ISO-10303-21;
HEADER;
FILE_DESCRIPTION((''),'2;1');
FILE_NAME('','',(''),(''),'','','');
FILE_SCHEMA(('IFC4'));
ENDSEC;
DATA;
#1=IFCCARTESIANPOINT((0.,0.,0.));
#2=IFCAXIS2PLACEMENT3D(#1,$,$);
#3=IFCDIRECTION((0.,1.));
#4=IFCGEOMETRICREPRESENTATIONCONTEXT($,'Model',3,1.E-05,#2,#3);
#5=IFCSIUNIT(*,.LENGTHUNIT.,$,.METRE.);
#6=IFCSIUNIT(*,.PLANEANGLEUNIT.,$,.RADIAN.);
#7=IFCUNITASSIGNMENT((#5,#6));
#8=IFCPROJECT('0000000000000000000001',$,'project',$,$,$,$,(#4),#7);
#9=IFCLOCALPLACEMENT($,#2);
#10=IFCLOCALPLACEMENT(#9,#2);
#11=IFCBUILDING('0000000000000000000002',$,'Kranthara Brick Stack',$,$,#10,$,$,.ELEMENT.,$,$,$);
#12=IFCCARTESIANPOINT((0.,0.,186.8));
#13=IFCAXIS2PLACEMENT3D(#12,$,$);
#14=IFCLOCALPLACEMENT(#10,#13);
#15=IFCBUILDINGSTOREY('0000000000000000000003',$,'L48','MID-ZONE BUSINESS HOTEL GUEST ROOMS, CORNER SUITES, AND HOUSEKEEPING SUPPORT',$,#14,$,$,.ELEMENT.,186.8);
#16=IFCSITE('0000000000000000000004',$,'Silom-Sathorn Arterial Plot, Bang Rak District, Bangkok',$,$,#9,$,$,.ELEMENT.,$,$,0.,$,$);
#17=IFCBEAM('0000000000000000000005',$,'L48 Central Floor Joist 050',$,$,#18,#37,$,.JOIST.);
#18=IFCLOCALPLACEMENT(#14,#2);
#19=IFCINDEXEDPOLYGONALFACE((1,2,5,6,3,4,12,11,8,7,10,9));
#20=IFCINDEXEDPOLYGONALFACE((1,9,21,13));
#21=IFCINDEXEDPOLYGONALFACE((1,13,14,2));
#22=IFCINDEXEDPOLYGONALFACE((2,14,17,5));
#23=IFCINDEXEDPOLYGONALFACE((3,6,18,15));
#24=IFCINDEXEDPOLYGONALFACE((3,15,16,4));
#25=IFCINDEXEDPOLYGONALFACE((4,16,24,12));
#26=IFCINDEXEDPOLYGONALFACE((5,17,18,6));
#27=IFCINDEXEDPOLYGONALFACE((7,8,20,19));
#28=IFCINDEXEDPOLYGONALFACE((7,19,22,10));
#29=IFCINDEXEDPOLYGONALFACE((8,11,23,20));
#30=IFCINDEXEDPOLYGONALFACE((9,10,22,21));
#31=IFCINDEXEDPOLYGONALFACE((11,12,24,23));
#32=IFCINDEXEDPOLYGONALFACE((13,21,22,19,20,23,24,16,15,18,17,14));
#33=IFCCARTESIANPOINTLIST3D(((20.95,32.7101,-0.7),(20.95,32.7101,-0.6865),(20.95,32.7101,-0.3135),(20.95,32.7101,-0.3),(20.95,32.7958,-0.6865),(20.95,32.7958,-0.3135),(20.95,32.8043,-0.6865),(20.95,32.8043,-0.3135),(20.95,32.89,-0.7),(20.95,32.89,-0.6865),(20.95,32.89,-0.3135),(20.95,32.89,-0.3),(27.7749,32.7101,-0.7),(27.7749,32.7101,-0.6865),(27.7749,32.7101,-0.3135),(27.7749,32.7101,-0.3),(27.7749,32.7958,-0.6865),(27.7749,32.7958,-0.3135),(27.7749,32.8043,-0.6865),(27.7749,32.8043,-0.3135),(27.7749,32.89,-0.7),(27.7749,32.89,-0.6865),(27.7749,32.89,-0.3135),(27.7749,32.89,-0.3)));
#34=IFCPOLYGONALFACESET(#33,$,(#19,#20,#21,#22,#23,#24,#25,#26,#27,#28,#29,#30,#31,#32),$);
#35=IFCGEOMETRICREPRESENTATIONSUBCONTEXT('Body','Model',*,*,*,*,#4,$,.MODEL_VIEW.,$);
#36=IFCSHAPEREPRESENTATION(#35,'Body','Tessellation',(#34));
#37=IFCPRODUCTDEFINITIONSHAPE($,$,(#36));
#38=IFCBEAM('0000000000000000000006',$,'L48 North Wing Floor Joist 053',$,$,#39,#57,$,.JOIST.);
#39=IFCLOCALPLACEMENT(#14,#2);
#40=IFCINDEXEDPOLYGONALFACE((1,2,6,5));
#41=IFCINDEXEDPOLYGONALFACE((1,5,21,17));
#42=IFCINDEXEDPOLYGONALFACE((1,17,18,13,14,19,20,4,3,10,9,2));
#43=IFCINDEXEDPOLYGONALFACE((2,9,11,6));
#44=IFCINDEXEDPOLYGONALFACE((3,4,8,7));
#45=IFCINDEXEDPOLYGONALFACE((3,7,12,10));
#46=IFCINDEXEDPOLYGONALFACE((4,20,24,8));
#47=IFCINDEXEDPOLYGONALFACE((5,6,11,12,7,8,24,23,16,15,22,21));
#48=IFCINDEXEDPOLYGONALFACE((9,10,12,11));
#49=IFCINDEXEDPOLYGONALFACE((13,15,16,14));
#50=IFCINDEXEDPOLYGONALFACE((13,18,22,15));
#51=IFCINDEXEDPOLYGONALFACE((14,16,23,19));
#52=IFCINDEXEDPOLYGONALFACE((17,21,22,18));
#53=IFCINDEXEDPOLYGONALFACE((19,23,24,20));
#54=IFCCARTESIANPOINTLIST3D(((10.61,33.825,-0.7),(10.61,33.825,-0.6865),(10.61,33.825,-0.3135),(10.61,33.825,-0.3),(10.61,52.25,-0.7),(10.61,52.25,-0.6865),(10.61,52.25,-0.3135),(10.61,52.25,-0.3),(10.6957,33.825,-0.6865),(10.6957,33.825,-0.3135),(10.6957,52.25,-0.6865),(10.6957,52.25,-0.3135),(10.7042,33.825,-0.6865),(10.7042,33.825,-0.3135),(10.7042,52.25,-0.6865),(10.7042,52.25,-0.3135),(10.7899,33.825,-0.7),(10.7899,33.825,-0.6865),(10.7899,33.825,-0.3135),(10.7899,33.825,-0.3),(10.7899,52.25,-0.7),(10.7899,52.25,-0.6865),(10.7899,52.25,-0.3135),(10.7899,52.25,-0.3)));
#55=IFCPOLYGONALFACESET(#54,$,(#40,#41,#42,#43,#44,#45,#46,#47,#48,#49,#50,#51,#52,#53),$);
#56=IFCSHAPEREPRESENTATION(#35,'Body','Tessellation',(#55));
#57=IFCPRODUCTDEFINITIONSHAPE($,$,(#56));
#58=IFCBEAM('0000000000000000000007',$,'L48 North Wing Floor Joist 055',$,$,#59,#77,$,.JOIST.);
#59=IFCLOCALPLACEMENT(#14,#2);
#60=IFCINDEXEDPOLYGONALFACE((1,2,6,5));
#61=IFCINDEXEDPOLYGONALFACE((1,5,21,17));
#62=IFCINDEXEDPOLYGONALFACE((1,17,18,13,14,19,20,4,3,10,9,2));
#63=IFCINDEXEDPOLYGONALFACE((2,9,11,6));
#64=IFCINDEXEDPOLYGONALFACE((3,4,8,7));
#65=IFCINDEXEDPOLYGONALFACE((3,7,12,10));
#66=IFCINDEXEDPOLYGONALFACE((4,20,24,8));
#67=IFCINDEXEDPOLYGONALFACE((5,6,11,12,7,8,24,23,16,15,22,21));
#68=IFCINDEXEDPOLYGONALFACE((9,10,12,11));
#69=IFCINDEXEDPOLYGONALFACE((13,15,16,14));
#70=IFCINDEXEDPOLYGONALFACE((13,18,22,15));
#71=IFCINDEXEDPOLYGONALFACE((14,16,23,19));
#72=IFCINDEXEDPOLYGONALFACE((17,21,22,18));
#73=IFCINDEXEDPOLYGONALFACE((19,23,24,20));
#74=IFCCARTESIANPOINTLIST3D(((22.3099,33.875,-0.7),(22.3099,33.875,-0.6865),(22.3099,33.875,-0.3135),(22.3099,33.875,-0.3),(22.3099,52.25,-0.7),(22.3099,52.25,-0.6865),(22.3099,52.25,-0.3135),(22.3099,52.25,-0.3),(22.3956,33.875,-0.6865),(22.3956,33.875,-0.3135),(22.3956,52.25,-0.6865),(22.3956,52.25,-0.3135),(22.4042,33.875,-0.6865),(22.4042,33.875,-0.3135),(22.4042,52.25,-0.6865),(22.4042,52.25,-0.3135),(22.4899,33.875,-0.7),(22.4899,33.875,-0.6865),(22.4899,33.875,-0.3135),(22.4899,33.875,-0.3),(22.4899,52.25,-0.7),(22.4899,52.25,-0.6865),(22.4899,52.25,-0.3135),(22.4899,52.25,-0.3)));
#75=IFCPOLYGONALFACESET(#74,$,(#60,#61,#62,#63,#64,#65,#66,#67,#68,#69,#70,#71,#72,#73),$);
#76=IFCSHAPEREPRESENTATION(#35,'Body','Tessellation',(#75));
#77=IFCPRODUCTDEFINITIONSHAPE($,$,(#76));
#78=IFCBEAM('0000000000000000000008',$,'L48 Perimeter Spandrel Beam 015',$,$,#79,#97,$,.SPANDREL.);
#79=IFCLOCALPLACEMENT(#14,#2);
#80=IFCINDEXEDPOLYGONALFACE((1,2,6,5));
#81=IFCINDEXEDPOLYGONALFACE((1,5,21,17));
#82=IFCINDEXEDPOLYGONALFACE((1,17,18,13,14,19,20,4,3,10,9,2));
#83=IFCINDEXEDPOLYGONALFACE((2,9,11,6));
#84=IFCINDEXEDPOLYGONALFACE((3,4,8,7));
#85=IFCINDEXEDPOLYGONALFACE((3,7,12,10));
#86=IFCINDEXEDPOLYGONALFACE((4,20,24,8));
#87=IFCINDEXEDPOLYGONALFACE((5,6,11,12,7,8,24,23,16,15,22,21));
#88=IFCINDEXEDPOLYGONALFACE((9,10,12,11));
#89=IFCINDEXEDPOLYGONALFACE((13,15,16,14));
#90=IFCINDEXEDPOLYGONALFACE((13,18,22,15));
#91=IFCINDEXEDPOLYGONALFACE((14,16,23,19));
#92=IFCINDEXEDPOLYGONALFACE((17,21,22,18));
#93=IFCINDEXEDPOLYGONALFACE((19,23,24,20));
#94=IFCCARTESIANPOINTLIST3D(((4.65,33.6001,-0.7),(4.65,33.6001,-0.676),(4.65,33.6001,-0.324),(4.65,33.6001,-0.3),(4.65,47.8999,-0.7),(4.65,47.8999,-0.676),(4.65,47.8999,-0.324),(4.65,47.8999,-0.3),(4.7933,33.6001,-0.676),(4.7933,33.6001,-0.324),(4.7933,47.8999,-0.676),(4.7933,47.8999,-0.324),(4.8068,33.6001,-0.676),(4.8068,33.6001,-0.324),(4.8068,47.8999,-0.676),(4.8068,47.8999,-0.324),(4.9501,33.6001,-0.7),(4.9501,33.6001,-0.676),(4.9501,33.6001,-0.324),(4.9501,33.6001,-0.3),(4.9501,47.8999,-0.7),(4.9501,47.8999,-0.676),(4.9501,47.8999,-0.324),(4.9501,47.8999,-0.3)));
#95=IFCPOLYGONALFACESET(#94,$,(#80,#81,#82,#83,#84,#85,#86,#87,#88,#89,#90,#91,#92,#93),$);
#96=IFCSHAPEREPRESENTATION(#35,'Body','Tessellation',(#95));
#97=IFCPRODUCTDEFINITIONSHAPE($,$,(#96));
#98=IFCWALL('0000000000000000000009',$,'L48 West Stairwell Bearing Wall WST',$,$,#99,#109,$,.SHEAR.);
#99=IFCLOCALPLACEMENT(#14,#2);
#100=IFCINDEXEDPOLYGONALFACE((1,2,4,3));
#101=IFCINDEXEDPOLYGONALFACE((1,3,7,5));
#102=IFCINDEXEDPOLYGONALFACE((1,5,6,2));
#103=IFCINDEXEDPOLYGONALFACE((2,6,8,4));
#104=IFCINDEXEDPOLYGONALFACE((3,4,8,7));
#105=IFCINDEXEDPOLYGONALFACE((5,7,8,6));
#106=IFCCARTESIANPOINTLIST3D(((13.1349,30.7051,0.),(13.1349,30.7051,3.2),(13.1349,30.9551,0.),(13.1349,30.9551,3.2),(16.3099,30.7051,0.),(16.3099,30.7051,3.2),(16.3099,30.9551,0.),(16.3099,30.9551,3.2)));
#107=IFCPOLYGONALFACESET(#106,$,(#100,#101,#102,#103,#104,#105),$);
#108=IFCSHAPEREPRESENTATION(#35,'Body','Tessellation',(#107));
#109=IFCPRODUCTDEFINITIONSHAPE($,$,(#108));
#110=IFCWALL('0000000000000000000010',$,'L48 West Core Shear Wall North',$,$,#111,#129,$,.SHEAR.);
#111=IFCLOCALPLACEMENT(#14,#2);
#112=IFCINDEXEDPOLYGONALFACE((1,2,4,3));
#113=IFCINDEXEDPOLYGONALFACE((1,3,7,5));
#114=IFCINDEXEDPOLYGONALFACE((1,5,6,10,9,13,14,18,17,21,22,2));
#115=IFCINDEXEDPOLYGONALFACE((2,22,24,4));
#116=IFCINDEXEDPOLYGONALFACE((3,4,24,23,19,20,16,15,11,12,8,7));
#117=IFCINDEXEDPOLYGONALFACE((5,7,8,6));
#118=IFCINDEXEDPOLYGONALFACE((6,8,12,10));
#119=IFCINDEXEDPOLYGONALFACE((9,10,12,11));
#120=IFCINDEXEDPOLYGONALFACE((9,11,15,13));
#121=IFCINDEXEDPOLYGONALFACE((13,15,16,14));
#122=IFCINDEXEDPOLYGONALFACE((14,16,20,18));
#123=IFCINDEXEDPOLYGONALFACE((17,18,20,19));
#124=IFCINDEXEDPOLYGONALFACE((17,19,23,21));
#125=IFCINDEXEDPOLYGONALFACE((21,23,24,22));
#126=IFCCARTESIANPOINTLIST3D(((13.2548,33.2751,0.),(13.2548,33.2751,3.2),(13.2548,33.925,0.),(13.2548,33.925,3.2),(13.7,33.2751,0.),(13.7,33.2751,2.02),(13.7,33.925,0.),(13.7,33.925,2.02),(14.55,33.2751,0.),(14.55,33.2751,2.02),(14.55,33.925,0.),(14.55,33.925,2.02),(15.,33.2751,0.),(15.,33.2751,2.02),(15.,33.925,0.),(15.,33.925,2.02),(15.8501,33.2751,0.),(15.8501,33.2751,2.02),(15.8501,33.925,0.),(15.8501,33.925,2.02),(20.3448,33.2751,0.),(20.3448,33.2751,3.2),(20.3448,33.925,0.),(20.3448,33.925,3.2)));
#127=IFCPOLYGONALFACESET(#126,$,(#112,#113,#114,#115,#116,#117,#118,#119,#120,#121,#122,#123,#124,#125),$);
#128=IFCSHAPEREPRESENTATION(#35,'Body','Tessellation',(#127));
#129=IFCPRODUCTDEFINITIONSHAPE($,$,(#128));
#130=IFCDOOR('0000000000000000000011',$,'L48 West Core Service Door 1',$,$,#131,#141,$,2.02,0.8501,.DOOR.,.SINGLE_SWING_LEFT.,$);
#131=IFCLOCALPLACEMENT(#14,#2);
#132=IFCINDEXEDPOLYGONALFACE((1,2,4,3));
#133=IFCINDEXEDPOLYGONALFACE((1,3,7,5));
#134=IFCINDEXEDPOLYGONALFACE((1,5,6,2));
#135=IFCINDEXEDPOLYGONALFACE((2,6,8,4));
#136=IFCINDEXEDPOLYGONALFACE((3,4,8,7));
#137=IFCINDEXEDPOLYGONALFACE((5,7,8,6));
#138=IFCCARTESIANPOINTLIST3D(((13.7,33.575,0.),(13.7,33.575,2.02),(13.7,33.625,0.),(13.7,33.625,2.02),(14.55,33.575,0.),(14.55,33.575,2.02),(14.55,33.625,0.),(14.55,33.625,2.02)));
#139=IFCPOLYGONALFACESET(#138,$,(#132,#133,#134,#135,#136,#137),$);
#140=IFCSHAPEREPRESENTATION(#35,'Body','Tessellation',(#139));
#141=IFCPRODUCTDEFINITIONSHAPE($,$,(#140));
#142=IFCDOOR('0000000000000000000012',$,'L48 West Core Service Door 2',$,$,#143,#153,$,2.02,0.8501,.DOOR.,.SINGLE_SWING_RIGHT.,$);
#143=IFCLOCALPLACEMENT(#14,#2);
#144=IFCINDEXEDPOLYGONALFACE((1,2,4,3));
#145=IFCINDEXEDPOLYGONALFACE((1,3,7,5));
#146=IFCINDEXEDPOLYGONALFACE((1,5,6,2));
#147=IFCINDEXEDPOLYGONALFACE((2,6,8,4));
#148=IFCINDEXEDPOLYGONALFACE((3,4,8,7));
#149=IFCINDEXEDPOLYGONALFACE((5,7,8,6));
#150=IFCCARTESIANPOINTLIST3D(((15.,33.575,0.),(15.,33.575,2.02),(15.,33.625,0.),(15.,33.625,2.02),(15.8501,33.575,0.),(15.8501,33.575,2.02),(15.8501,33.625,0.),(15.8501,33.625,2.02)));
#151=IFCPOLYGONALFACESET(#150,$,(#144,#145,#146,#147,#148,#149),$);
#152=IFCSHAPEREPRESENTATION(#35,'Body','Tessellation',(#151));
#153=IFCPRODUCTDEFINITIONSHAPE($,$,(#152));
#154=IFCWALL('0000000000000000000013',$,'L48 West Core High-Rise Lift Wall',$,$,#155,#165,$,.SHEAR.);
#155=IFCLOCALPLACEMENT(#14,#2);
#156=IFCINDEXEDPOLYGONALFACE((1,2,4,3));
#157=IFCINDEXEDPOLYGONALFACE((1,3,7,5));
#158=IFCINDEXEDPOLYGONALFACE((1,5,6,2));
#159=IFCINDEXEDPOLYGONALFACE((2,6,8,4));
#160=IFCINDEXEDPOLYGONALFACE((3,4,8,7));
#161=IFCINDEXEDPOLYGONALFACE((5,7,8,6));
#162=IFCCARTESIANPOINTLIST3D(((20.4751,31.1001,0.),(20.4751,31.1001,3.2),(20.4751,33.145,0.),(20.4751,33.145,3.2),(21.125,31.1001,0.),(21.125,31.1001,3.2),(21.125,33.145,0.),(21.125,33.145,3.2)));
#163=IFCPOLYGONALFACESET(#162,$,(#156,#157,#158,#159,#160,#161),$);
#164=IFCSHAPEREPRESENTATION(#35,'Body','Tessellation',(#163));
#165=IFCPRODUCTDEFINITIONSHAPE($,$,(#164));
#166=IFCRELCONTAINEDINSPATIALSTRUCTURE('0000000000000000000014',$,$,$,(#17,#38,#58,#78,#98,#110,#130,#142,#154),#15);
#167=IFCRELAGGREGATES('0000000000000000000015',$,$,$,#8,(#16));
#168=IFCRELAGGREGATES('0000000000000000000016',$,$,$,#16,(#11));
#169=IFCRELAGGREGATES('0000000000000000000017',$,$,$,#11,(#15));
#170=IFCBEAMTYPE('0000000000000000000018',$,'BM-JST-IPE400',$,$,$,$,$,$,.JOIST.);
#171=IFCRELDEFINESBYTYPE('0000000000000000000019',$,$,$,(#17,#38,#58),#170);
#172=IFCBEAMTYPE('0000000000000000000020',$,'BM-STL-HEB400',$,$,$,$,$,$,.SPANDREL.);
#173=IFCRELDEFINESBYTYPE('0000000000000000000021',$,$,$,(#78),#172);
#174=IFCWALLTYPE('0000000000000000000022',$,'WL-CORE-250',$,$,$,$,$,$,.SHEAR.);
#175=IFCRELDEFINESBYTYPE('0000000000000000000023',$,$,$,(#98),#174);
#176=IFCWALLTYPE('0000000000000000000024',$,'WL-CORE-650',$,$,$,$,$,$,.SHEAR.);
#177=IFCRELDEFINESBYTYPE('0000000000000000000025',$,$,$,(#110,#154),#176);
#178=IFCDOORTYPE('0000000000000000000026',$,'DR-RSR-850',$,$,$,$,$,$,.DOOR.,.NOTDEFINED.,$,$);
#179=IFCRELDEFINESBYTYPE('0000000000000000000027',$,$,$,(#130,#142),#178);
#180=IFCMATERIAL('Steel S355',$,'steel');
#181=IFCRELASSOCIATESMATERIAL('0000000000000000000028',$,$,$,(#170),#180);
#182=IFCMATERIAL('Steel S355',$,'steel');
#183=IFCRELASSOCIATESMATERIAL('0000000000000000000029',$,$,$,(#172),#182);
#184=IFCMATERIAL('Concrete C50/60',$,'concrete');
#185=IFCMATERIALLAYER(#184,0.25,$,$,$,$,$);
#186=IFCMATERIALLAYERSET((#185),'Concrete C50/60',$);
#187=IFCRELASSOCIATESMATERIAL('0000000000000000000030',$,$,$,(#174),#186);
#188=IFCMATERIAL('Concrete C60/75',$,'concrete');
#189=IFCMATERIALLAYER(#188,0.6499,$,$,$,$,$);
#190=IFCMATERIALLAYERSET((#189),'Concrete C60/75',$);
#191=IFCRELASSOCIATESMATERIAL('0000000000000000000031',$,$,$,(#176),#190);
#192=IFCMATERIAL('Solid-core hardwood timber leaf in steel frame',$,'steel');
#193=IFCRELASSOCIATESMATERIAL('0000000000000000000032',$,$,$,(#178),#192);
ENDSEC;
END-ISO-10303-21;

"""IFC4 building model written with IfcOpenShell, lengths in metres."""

from ifc_helpers import new_model, si_unit, direction, frame, frame_2d, origin, origin_2d, place, context, subcontext, project, spatial, rectangle, i_section, extrude, material, layer, layer_set, material_profile, profile_set, type_object, element, fill, save


model = new_model("IFC4")

# Units and contexts
model_context = context("Model", 3, precision=1e-05, world=origin(), true_north=direction((0.0, 1.0)))
body_context = subcontext(model_context, "Body", "Model", "MODEL_VIEW")
ifc_project = project(units=[si_unit("LENGTHUNIT", "METRE"), si_unit("PLANEANGLEUNIT", "RADIAN")], contexts=[model_context])

# Site, building, storey
site_placement = place(None, origin())
site = spatial("IfcSite", under=ifc_project, at=site_placement, Name="Silom-Sathorn Arterial Plot, Bang Rak District, Bangkok", CompositionType="ELEMENT", RefElevation=0.0)
building_placement = place(site_placement, origin())
building = spatial("IfcBuilding", under=site, at=building_placement, Name="Kranthara Brick Stack", CompositionType="ELEMENT")
storey_placement = place(building_placement, frame((0.0, 0.0, 186.8)))
storey = spatial("IfcBuildingStorey", under=building, at=storey_placement, Name="L48", Description="MID-ZONE BUSINESS HOTEL GUEST ROOMS, CORNER SUITES, AND HOUSEKEEPING SUPPORT", CompositionType="ELEMENT", Elevation=186.8)

# Beams
ifc_material_1 = material(Name="Steel S355", Category="steel")
ifc_material_profile_1 = material_profile(ifc_material_1, i_section(OverallWidth=0.1799, OverallDepth=0.3999, WebThickness=0.0085, FlangeThickness=0.0134, at=origin_2d()), Name="IPE 400")
ifc_profile_set_1 = profile_set([ifc_material_profile_1], Name="Steel S355")
beam_type_1 = type_object("IfcBeamType", Name="BM-JST-IPE400", PredefinedType="JOIST", material=ifc_profile_set_1)
for number, where, z_axis, x_axis, name in (
    (1, (20.95, 32.8, -0.5), (1.0, 0.0, 0.0), (0.0, 1.0, 0.0), "L48 Central Floor Joist 050"),
):
    element("IfcBeam", number, at=place(storey_placement, frame(where, z_axis=z_axis, x_axis=x_axis)), inside=storey, type_object=beam_type_1, Name=name, PredefinedType="JOIST", context=body_context, shape_type="SweptSolid", body=[
        extrude(i_section(OverallWidth=0.1799, OverallDepth=0.3999, WebThickness=0.0085, FlangeThickness=0.0134, at=origin_2d()), origin(), (0.0, 0.0, 1.0), 6.825),
    ])
beam_1_placement = place(storey_placement, frame((10.7, 33.825, -0.5), z_axis=(0.0, 1.0, 0.0), x_axis=(-1.0, 0.0, 0.0)))
element("IfcBeam", 2, at=beam_1_placement, inside=storey, type_object=beam_type_1, Name="L48 North Wing Floor Joist 053", PredefinedType="JOIST", context=body_context, shape_type="SweptSolid", body=[
    extrude(i_section(OverallWidth=0.1799, OverallDepth=0.3999, WebThickness=0.0085, FlangeThickness=0.0134, at=origin_2d()), origin(), (0.0, 0.0, 1.0), 18.425),
])
beam_2_placement = place(storey_placement, frame((22.3999, 33.875, -0.5), z_axis=(0.0, 1.0, 0.0), x_axis=(-1.0, 0.0, 0.0)))
element("IfcBeam", 3, at=beam_2_placement, inside=storey, type_object=beam_type_1, Name="L48 North Wing Floor Joist 055", PredefinedType="JOIST", context=body_context, shape_type="SweptSolid", body=[
    extrude(i_section(OverallWidth=0.1799, OverallDepth=0.3999, WebThickness=0.0085, FlangeThickness=0.0134, at=origin_2d()), origin(), (0.0, 0.0, 1.0), 18.375),
])
ifc_material_2 = material(Name="Steel S355", Category="steel")
ifc_material_profile_2 = material_profile(ifc_material_2, i_section(OverallWidth=0.3, OverallDepth=0.3999, WebThickness=0.0134, FlangeThickness=0.0239, at=origin_2d()), Name="HEB 400")
ifc_profile_set_2 = profile_set([ifc_material_profile_2], Name="Steel S355")
beam_type_2 = type_object("IfcBeamType", Name="BM-STL-HEB400", PredefinedType="SPANDREL", material=ifc_profile_set_2)
beam_3_placement = place(storey_placement, frame((4.8, 33.6001, -0.5), z_axis=(0.0, 1.0, 0.0), x_axis=(-1.0, 0.0, 0.0)))
element("IfcBeam", 4, at=beam_3_placement, inside=storey, type_object=beam_type_2, Name="L48 Perimeter Spandrel Beam 015", PredefinedType="SPANDREL", context=body_context, shape_type="SweptSolid", body=[
    extrude(i_section(OverallWidth=0.3, OverallDepth=0.3999, WebThickness=0.0134, FlangeThickness=0.0239, at=origin_2d()), origin(), (0.0, 0.0, 1.0), 14.2998),
])

# Wall
ifc_material_3 = material(Name="Concrete C50/60", Category="concrete")
ifc_layer_1 = layer(ifc_material_3, 0.25)
ifc_layer_set_1 = layer_set([ifc_layer_1], Name="Concrete C50/60")
wall_type_1 = type_object("IfcWallType", Name="WL-CORE-250", PredefinedType="SHEAR", material=ifc_layer_set_1)
wall_1_placement = place(storey_placement, frame((13.135, 30.8301, 0.0), z_axis=(0.0, 0.0, 1.0), x_axis=(1.0, 0.0, 0.0)))
element("IfcWall", 5, at=wall_1_placement, inside=storey, type_object=wall_type_1, Name="L48 West Stairwell Bearing Wall WST", PredefinedType="SHEAR", context=body_context, shape_type="SweptSolid", body=[
    extrude(rectangle(XDim=3.175, YDim=0.25, at=frame_2d((1.5874, 0.0))), origin(), (0.0, 0.0, 1.0), 3.2),
])

# Wall, openings, doors
ifc_material_4 = material(Name="Concrete C60/75", Category="concrete")
ifc_layer_2 = layer(ifc_material_4, 0.6499)
ifc_layer_set_2 = layer_set([ifc_layer_2], Name="Concrete C60/75")
wall_type_2 = type_object("IfcWallType", Name="WL-CORE-650", PredefinedType="SHEAR", material=ifc_layer_set_2)
wall_2_placement = place(storey_placement, frame((13.2549, 33.6001, 0.0), z_axis=(0.0, 0.0, 1.0), x_axis=(1.0, 0.0, 0.0)))
wall_2 = element("IfcWall", 6, at=wall_2_placement, inside=storey, type_object=wall_type_2, Name="L48 West Core Shear Wall North", PredefinedType="SHEAR", context=body_context, shape_type="SweptSolid", body=[
    extrude(rectangle(XDim=7.0901, YDim=0.6499, at=frame_2d((3.5449, 0.0))), origin(), (0.0, 0.0, 1.0), 3.2),
])
opening_1_placement = place(wall_2_placement, frame((0.4451, 0.0, 0.0)))
opening_1 = element("IfcOpeningElement", 7, at=opening_1_placement, cuts=wall_2, PredefinedType="OPENING", context=body_context, shape_type="SweptSolid", body=[
    extrude(rectangle(XDim=0.8501, YDim=2.02, at=frame_2d((0.425, 1.01))), frame((0.0, 0.335, 0.0), z_axis=(0.0, -1.0, 0.0), x_axis=(1.0, 0.0, 0.0)), (0.0, 0.0, 1.0), 0.6699),
])
opening_2_placement = place(wall_2_placement, frame((1.7451, 0.0, 0.0)))
opening_2 = element("IfcOpeningElement", 8, at=opening_2_placement, cuts=wall_2, PredefinedType="OPENING", context=body_context, shape_type="SweptSolid", body=[
    extrude(rectangle(XDim=0.8501, YDim=2.02, at=frame_2d((0.425, 1.01))), frame((0.0, 0.335, 0.0), z_axis=(0.0, -1.0, 0.0), x_axis=(1.0, 0.0, 0.0)), (0.0, 0.0, 1.0), 0.6699),
])
ifc_material_5 = material(Name="Solid-core hardwood timber leaf in steel frame", Category="steel")
door_type_1 = type_object("IfcDoorType", Name="DR-RSR-850", OperationType="NOTDEFINED", PredefinedType="DOOR", material=ifc_material_5)
door_1_placement = place(opening_1_placement, origin())
door_1 = element("IfcDoor", 9, at=door_1_placement, inside=storey, type_object=door_type_1, Name="L48 West Core Service Door 1", OperationType="SINGLE_SWING_LEFT", OverallHeight=2.02, OverallWidth=0.8501, PredefinedType="DOOR", context=body_context, shape_type="SweptSolid", body=[
    extrude(rectangle(XDim=0.8501, YDim=2.02, at=frame_2d((0.425, 1.01))), frame((0.0, 0.0249, 0.0), z_axis=(0.0, -1.0, 0.0), x_axis=(1.0, 0.0, 0.0)), (0.0, 0.0, 1.0), 0.05),
])
fill(opening_1, door_1)
door_2_placement = place(opening_2_placement, origin())
door_2 = element("IfcDoor", 10, at=door_2_placement, inside=storey, type_object=door_type_1, Name="L48 West Core Service Door 2", OperationType="SINGLE_SWING_RIGHT", OverallHeight=2.02, OverallWidth=0.8501, PredefinedType="DOOR", context=body_context, shape_type="SweptSolid", body=[
    extrude(rectangle(XDim=0.8501, YDim=2.02, at=frame_2d((0.425, 1.01))), frame((0.0, 0.0249, 0.0), z_axis=(0.0, -1.0, 0.0), x_axis=(1.0, 0.0, 0.0)), (0.0, 0.0, 1.0), 0.05),
])
fill(opening_2, door_2)

# Wall
wall_3_placement = place(storey_placement, frame((20.8, 31.1001, 0.0), z_axis=(0.0, 0.0, 1.0), x_axis=(0.0, 1.0, 0.0)))
element("IfcWall", 11, at=wall_3_placement, inside=storey, type_object=wall_type_2, Name="L48 West Core High-Rise Lift Wall", PredefinedType="SHEAR", context=body_context, shape_type="SweptSolid", body=[
    extrude(rectangle(XDim=2.0449, YDim=0.6499, at=frame_2d((1.0225, 0.0))), origin(), (0.0, 0.0, 1.0), 3.2),
])

save(model, "model.ifc")
